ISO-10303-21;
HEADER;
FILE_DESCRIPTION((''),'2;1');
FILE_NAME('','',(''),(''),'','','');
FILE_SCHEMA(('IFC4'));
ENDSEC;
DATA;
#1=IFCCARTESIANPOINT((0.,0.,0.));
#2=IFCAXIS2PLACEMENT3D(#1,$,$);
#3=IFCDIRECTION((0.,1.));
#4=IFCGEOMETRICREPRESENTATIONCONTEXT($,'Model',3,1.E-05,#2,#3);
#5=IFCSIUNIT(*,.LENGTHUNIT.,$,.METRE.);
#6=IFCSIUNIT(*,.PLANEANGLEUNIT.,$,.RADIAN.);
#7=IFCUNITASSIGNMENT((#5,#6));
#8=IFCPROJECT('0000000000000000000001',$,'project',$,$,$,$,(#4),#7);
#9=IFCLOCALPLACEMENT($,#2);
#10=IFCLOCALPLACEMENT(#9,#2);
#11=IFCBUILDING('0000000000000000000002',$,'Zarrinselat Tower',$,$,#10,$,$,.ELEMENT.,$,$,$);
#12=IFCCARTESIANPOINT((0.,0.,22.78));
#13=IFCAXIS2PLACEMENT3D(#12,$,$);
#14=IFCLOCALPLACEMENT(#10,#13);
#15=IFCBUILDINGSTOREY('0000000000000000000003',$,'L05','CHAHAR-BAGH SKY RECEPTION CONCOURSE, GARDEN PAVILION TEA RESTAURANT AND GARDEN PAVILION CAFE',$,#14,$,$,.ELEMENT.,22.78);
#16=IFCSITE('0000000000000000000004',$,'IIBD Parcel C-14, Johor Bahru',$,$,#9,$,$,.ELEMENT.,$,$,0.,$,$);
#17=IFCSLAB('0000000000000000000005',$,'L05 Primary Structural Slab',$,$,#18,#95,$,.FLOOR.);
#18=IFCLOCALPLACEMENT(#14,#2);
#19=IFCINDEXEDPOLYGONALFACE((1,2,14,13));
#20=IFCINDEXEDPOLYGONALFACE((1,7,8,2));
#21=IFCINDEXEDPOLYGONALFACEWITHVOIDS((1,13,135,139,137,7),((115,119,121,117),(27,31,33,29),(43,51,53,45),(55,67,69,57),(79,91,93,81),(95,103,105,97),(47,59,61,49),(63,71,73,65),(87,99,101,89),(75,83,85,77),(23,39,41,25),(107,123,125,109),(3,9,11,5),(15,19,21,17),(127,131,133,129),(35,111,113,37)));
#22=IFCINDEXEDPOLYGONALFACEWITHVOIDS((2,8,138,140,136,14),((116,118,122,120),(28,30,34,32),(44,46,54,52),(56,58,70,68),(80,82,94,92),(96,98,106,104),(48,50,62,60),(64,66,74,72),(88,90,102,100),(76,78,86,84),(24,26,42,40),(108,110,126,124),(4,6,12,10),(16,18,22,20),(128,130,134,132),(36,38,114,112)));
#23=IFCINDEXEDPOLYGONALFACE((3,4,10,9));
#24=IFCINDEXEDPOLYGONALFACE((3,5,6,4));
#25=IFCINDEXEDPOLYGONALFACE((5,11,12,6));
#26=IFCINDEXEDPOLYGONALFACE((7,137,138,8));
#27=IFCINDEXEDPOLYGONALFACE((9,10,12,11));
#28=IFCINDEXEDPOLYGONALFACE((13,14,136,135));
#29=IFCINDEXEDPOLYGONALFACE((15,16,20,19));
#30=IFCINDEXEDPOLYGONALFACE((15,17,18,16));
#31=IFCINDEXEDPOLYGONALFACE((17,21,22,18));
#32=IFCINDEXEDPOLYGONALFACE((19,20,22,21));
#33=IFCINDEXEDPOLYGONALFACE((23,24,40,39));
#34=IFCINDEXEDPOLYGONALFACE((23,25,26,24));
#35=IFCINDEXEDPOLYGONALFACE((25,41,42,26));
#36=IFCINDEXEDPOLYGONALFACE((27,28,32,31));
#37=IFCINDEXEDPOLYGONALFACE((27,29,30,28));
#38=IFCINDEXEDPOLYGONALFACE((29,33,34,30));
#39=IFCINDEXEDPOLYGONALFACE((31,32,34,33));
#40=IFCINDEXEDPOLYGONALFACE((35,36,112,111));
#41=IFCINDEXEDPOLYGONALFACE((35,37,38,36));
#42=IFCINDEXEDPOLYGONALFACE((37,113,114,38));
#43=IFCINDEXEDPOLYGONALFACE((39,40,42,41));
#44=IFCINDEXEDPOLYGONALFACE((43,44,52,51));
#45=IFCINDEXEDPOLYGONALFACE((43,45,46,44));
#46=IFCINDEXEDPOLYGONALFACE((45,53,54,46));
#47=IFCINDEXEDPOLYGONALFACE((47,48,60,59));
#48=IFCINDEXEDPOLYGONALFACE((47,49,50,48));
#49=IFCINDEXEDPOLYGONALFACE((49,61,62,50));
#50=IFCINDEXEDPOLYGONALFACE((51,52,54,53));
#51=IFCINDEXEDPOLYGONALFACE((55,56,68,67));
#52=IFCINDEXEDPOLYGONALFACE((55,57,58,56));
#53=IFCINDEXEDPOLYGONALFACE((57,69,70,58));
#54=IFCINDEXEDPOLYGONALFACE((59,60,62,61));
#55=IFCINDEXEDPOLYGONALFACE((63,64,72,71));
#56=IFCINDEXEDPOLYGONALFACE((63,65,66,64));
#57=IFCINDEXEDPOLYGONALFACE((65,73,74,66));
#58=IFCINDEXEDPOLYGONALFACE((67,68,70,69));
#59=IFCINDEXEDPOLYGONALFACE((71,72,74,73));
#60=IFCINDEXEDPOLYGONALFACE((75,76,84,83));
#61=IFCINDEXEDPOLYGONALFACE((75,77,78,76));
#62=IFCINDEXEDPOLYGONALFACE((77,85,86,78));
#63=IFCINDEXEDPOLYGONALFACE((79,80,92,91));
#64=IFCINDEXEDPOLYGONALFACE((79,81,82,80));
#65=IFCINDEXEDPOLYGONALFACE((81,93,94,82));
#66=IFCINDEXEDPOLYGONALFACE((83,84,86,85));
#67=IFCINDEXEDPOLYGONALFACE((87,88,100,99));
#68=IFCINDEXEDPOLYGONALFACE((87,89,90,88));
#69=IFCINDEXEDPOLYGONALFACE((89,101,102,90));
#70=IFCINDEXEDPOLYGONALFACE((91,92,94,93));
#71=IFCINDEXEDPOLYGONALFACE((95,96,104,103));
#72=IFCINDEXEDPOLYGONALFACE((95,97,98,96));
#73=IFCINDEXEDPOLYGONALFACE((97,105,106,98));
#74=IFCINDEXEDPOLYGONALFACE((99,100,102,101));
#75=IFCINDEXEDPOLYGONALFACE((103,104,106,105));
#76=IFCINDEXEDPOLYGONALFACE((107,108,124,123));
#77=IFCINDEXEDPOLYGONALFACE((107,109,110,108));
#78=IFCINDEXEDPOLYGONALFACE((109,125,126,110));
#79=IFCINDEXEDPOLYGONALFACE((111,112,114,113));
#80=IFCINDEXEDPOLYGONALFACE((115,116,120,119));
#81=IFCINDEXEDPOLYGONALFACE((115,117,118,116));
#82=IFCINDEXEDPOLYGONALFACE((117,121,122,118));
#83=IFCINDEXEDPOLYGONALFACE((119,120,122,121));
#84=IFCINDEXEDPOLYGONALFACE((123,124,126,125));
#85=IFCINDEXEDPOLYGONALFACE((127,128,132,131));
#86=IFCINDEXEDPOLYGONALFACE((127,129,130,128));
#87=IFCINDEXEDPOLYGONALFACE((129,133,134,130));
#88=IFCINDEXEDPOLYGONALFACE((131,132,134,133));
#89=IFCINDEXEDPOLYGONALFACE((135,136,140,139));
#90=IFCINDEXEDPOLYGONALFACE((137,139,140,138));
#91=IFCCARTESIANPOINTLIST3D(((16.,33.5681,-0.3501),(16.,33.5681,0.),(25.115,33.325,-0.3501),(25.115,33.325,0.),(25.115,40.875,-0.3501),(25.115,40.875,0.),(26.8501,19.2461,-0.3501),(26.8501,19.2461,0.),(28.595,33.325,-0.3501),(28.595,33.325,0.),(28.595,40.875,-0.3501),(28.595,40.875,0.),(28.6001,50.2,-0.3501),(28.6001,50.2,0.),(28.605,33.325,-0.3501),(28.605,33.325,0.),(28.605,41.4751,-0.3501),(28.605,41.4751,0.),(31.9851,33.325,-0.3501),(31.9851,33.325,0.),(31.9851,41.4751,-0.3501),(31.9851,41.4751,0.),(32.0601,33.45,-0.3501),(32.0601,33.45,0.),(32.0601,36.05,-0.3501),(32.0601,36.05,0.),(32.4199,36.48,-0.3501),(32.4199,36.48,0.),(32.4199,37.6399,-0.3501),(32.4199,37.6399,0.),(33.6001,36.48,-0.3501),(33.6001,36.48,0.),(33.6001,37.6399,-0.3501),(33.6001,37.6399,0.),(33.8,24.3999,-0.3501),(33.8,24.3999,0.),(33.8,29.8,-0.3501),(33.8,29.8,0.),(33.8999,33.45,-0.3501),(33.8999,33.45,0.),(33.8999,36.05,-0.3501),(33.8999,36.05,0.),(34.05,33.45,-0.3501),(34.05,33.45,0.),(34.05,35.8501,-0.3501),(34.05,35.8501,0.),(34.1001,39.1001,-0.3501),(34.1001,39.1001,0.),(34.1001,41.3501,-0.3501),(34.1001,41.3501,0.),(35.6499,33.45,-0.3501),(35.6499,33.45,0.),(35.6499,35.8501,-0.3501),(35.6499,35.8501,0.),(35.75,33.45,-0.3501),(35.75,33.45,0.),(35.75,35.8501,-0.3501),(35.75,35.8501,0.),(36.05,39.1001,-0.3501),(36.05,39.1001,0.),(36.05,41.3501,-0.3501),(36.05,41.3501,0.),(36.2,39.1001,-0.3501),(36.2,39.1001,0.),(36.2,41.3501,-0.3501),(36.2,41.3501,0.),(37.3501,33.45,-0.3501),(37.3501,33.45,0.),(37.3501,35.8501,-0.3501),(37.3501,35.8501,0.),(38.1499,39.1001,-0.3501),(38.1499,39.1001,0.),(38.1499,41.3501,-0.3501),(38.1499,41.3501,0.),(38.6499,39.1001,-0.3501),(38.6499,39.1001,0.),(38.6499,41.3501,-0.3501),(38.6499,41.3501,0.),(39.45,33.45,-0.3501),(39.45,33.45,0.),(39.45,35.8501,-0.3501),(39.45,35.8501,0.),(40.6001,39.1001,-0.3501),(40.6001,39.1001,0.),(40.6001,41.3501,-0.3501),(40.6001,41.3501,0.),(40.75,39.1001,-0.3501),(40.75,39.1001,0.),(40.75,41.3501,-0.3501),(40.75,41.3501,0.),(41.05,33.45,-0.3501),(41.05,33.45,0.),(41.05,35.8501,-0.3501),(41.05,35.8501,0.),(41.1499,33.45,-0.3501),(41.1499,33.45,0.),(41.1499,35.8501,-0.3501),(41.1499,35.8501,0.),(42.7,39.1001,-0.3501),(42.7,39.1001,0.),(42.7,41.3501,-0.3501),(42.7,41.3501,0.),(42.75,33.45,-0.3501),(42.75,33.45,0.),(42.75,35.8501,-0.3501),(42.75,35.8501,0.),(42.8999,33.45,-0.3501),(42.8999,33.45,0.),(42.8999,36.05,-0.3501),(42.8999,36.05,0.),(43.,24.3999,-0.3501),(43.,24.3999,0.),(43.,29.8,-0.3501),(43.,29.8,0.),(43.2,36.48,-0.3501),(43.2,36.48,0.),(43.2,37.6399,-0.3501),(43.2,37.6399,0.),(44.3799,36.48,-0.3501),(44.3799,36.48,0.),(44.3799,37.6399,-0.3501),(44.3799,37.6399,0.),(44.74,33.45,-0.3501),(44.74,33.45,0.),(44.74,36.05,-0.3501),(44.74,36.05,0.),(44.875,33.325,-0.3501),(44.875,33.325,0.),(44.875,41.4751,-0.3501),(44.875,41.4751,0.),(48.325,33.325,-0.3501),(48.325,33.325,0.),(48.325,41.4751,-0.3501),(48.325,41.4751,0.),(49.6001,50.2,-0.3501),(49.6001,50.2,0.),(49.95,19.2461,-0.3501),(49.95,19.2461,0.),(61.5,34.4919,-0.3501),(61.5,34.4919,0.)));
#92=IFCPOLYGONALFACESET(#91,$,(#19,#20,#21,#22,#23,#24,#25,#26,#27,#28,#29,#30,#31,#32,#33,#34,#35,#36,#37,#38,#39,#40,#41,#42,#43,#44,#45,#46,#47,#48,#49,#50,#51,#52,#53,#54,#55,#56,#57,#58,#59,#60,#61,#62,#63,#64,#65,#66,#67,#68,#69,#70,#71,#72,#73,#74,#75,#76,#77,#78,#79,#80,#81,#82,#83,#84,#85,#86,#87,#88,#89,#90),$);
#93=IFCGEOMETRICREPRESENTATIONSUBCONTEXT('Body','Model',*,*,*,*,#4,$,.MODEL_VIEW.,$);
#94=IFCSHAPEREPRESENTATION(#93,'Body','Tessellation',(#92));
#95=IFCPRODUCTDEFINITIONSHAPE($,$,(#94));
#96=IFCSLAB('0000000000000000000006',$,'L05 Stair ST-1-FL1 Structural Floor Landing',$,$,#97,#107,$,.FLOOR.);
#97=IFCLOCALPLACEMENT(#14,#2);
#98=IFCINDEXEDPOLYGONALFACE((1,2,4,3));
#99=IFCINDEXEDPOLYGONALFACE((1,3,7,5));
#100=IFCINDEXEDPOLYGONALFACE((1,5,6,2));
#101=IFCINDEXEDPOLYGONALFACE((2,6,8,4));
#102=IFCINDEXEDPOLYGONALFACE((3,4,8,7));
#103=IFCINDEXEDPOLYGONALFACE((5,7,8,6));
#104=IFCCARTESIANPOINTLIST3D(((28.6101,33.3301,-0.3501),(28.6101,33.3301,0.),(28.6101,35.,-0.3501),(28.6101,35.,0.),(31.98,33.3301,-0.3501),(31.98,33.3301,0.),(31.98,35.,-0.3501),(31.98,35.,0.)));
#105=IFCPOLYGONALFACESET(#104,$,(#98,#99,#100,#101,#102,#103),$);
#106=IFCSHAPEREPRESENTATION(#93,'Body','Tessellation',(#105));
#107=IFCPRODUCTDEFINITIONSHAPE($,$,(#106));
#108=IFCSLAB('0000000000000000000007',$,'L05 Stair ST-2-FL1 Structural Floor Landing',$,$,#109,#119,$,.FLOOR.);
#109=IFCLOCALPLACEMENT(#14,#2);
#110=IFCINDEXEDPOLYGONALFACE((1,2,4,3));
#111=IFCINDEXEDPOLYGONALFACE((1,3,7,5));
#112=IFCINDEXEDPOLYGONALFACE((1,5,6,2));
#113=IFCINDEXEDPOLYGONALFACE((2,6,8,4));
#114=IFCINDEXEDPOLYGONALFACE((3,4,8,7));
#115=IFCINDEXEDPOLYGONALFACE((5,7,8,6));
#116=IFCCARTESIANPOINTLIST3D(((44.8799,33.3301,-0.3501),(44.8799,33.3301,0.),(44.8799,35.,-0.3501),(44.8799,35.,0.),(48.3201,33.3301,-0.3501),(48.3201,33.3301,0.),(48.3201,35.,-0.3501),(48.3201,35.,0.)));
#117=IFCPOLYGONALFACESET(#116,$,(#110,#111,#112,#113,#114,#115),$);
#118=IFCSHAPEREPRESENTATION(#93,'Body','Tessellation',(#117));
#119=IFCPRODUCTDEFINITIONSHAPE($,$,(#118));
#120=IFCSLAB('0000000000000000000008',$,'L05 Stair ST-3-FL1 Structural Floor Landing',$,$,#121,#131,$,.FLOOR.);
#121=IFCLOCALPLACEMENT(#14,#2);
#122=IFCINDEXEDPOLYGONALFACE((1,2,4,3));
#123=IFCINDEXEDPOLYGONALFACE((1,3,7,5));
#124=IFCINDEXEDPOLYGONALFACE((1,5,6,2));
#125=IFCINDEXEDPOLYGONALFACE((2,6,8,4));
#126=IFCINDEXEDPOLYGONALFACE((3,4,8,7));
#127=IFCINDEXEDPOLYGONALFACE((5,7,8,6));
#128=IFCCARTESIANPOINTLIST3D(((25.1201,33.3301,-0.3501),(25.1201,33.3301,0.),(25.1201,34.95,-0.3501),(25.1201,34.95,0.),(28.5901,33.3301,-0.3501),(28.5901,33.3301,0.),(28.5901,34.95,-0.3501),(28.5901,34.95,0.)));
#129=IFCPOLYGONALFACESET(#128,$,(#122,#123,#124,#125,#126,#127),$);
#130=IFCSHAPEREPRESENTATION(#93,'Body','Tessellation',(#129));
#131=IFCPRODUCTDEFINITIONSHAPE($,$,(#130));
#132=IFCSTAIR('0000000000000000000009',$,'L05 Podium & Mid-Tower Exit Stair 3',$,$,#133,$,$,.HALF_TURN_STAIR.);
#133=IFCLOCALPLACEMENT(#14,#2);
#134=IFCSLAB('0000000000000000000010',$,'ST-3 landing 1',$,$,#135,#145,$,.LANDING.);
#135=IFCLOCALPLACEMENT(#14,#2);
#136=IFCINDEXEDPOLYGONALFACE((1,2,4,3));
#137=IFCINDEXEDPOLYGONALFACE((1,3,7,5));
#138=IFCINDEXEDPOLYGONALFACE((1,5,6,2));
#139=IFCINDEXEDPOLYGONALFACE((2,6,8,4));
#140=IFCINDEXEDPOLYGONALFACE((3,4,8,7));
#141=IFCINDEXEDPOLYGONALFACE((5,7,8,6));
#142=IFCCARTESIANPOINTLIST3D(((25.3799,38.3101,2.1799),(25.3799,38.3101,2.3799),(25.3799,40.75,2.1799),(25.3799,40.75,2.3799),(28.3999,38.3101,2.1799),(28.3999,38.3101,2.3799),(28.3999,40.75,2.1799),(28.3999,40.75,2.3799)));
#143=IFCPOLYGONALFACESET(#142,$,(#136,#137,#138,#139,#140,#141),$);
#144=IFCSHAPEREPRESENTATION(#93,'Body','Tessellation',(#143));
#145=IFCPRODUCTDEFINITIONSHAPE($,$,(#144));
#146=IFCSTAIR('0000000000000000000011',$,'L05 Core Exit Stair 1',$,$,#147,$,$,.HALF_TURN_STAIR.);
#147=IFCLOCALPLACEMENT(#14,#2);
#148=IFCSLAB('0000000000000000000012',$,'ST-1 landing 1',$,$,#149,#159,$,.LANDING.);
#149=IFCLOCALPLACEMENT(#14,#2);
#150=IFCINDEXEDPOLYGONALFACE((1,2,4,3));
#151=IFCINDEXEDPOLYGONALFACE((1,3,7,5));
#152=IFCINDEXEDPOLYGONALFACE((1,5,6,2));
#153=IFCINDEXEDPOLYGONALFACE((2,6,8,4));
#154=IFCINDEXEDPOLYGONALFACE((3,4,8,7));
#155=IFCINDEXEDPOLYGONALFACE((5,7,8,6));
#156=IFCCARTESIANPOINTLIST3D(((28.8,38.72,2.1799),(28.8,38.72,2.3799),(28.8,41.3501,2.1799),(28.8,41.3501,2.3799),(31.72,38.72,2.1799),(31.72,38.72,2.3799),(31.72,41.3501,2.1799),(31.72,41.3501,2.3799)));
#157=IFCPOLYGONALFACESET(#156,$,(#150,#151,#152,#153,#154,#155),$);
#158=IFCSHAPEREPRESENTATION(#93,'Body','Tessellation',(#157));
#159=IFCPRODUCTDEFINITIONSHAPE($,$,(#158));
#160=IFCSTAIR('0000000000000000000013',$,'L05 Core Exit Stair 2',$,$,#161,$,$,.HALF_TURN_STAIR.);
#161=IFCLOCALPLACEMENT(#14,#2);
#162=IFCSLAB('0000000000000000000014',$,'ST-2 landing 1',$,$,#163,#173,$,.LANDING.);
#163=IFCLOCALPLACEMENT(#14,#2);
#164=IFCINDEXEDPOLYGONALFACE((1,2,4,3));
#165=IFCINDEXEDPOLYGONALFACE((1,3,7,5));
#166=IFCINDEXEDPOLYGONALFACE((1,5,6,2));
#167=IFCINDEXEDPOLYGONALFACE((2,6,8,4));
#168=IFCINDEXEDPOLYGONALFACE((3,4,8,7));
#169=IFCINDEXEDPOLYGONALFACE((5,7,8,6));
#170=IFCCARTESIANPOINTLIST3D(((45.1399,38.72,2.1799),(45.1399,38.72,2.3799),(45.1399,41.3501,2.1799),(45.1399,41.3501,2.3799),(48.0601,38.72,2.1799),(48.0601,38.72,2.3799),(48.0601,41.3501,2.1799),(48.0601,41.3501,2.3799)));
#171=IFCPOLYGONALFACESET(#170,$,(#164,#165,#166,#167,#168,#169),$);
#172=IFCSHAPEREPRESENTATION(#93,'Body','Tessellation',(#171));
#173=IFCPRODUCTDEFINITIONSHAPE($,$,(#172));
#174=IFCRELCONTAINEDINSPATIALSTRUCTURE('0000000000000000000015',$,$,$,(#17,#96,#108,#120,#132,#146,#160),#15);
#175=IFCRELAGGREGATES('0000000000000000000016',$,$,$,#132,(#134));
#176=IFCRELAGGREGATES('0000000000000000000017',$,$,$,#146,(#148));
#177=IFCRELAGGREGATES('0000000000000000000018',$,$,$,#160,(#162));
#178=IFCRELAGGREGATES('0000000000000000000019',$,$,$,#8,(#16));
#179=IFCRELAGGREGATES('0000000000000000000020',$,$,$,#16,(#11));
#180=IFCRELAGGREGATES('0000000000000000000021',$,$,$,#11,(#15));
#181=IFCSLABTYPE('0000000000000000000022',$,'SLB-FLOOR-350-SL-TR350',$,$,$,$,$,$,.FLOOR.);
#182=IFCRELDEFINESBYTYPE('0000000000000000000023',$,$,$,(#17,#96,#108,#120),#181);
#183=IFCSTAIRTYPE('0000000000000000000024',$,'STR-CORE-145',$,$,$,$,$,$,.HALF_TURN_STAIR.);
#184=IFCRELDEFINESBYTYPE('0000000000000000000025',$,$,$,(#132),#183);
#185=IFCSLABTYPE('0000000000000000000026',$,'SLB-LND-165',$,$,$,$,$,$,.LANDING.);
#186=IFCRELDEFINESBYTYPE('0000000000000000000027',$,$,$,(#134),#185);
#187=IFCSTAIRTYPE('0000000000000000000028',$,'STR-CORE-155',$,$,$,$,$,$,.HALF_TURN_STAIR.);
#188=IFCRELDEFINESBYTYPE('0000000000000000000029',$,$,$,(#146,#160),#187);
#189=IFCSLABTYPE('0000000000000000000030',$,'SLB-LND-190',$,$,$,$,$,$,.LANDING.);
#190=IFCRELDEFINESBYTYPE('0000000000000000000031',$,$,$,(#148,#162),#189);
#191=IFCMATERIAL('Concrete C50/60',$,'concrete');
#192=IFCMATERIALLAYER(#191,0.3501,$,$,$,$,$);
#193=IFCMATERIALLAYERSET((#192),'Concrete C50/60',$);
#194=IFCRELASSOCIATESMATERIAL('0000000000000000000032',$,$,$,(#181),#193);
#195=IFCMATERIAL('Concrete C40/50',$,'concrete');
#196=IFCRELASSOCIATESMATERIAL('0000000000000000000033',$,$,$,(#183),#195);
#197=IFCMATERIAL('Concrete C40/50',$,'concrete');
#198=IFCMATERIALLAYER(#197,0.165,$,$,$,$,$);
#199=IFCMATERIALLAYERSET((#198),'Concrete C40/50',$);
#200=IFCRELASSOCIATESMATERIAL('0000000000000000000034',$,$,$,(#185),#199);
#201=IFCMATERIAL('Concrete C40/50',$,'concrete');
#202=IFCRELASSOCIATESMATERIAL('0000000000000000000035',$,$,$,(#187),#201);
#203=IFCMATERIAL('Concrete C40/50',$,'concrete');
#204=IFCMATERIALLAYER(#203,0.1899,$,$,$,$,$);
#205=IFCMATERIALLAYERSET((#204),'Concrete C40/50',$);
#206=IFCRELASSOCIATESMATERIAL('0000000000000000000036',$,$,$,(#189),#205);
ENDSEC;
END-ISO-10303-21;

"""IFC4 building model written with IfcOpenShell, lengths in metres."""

from ifc_helpers import new_model, si_unit, direction, frame, origin, place, context, subcontext, project, spatial, polyline, outline, extrude, material, layer, layer_set, type_object, element, aggregate, save


model = new_model("IFC4")

# Units and contexts
model_context = context("Model", 3, precision=1e-05, world=origin(), true_north=direction((0.0, 1.0)))
body_context = subcontext(model_context, "Body", "Model", "MODEL_VIEW")
ifc_project = project(units=[si_unit("LENGTHUNIT", "METRE"), si_unit("PLANEANGLEUNIT", "RADIAN")], contexts=[model_context])

# Site, building, storey
site_placement = place(None, origin())
site = spatial("IfcSite", under=ifc_project, at=site_placement, Name="IIBD Parcel C-14, Johor Bahru", CompositionType="ELEMENT", RefElevation=0.0)
building_placement = place(site_placement, origin())
building = spatial("IfcBuilding", under=site, at=building_placement, Name="Zarrinselat Tower", CompositionType="ELEMENT")
storey_placement = place(building_placement, frame((0.0, 0.0, 22.78)))
storey = spatial("IfcBuildingStorey", under=building, at=storey_placement, Name="L05", Description="CHAHAR-BAGH SKY RECEPTION CONCOURSE, GARDEN PAVILION TEA RESTAURANT AND GARDEN PAVILION CAFE", CompositionType="ELEMENT", Elevation=22.78)

# Slabs
ifc_material_1 = material(Name="Concrete C50/60", Category="concrete")
ifc_layer_1 = layer(ifc_material_1, 0.3501)
ifc_layer_set_1 = layer_set([ifc_layer_1], Name="Concrete C50/60")
slab_type_1 = type_object("IfcSlabType", Name="SLB-FLOOR-350-SL-TR350", PredefinedType="FLOOR", material=ifc_layer_set_1)
slab_1_placement = place(storey_placement, frame((0.0, 0.0, -0.3501)))
element("IfcSlab", 1, at=slab_1_placement, inside=storey, type_object=slab_type_1, Name="L05 Primary Structural Slab", PredefinedType="FLOOR", context=body_context, shape_type="SweptSolid", body=[
    extrude(outline(polyline([(49.6001, 50.2), (28.6001, 50.2), (16.0, 33.5681), (26.8501, 19.2461), (49.95, 19.2461), (61.5, 34.4919), (49.6001, 50.2)]), holes=[polyline([(34.05, 33.45), (34.05, 35.8501), (35.6499, 35.8501), (35.6499, 33.45), (34.05, 33.45)]), polyline([(35.75, 33.45), (35.75, 35.8501), (37.3501, 35.8501), (37.3501, 33.45), (35.75, 33.45)]), polyline([(32.0601, 33.45), (32.0601, 36.05), (33.8999, 36.05), (33.8999, 33.45), (32.0601, 33.45)]), polyline([(32.4199, 36.48), (32.4199, 37.6399), (33.6001, 37.6399), (33.6001, 36.48), (32.4199, 36.48)]), polyline([(28.595, 33.325), (25.115, 33.325), (25.115, 40.875), (28.595, 40.875), (28.595, 33.325)]), polyline([(31.9851, 33.325), (28.605, 33.325), (28.605, 41.4751), (31.9851, 41.4751), (31.9851, 33.325)]), polyline([(34.1001, 39.1001), (34.1001, 41.3501), (36.05, 41.3501), (36.05, 39.1001), (34.1001, 39.1001)]), polyline([(36.2, 39.1001), (36.2, 41.3501), (38.1499, 41.3501), (38.1499, 39.1001), (36.2, 39.1001)]), polyline([(33.8, 24.3999), (33.8, 29.8), (43.0, 29.8), (43.0, 24.3999), (33.8, 24.3999)]), polyline([(39.45, 33.45), (39.45, 35.8501), (41.05, 35.8501), (41.05, 33.45), (39.45, 33.45)]), polyline([(41.1499, 33.45), (41.1499, 35.8501), (42.75, 35.8501), (42.75, 33.45), (41.1499, 33.45)]), polyline([(42.8999, 33.45), (42.8999, 36.05), (44.74, 36.05), (44.74, 33.45), (42.8999, 33.45)]), polyline([(43.2, 36.48), (43.2, 37.6399), (44.3799, 37.6399), (44.3799, 36.48), (43.2, 36.48)]), polyline([(48.325, 33.325), (44.875, 33.325), (44.875, 41.4751), (48.325, 41.4751), (48.325, 33.325)]), polyline([(38.6499, 39.1001), (38.6499, 41.3501), (40.6001, 41.3501), (40.6001, 39.1001), (38.6499, 39.1001)]), polyline([(40.75, 39.1001), (40.75, 41.3501), (42.7, 41.3501), (42.7, 39.1001), (40.75, 39.1001)])]), origin(), (0.0, 0.0, 1.0), 0.3501),
])
slab_2_placement = place(storey_placement, frame((0.0, 0.0, -0.3501)))
element("IfcSlab", 2, at=slab_2_placement, inside=storey, type_object=slab_type_1, Name="L05 Stair ST-1-FL1 Structural Floor Landing", PredefinedType="FLOOR", context=body_context, shape_type="SweptSolid", body=[
    extrude(outline(polyline([(31.98, 33.3301), (31.98, 35.0), (28.6101, 35.0), (28.6101, 33.3301), (31.98, 33.3301)])), origin(), (0.0, 0.0, 1.0), 0.3501),
])
slab_3_placement = place(storey_placement, frame((0.0, 0.0, -0.3501)))
element("IfcSlab", 3, at=slab_3_placement, inside=storey, type_object=slab_type_1, Name="L05 Stair ST-2-FL1 Structural Floor Landing", PredefinedType="FLOOR", context=body_context, shape_type="SweptSolid", body=[
    extrude(outline(polyline([(48.3201, 33.3301), (48.3201, 35.0), (44.8799, 35.0), (44.8799, 33.3301), (48.3201, 33.3301)])), origin(), (0.0, 0.0, 1.0), 0.3501),
])
slab_4_placement = place(storey_placement, frame((0.0, 0.0, -0.3501)))
element("IfcSlab", 4, at=slab_4_placement, inside=storey, type_object=slab_type_1, Name="L05 Stair ST-3-FL1 Structural Floor Landing", PredefinedType="FLOOR", context=body_context, shape_type="SweptSolid", body=[
    extrude(outline(polyline([(28.5901, 33.3301), (28.5901, 34.95), (25.1201, 34.95), (25.1201, 33.3301), (28.5901, 33.3301)])), origin(), (0.0, 0.0, 1.0), 0.3501),
])

# Stairs, slabs
ifc_material_2 = material(Name="Concrete C40/50", Category="concrete")
stair_type_1 = type_object("IfcStairType", Name="STR-CORE-145", PredefinedType="HALF_TURN_STAIR", material=ifc_material_2)
stair_1_placement = place(storey_placement, origin())
stair_1 = element("IfcStair", 5, at=stair_1_placement, inside=storey, type_object=stair_type_1, Name="L05 Podium & Mid-Tower Exit Stair 3", PredefinedType="HALF_TURN_STAIR")
ifc_material_3 = material(Name="Concrete C40/50", Category="concrete")
ifc_layer_2 = layer(ifc_material_3, 0.165)
ifc_layer_set_2 = layer_set([ifc_layer_2], Name="Concrete C40/50")
slab_type_2 = type_object("IfcSlabType", Name="SLB-LND-165", PredefinedType="LANDING", material=ifc_layer_set_2)
slab_5_placement = place(storey_placement, frame((0.0, 0.0, 2.1799)))
slab_5 = element("IfcSlab", 6, at=slab_5_placement, type_object=slab_type_2, Name="ST-3 landing 1", PredefinedType="LANDING", context=body_context, shape_type="SweptSolid", body=[
    extrude(outline(polyline([(28.3999, 38.3101), (28.3999, 40.75), (25.3799, 40.75), (25.3799, 38.3101), (28.3999, 38.3101)])), origin(), (0.0, 0.0, 1.0), 0.2),
])
aggregate(stair_1, [slab_5])
ifc_material_4 = material(Name="Concrete C40/50", Category="concrete")
stair_type_2 = type_object("IfcStairType", Name="STR-CORE-155", PredefinedType="HALF_TURN_STAIR", material=ifc_material_4)
stair_2_placement = place(storey_placement, origin())
stair_2 = element("IfcStair", 7, at=stair_2_placement, inside=storey, type_object=stair_type_2, Name="L05 Core Exit Stair 1", PredefinedType="HALF_TURN_STAIR")
ifc_material_5 = material(Name="Concrete C40/50", Category="concrete")
ifc_layer_3 = layer(ifc_material_5, 0.1899)
ifc_layer_set_3 = layer_set([ifc_layer_3], Name="Concrete C40/50")
slab_type_3 = type_object("IfcSlabType", Name="SLB-LND-190", PredefinedType="LANDING", material=ifc_layer_set_3)
slab_6_placement = place(storey_placement, frame((0.0, 0.0, 2.1799)))
slab_6 = element("IfcSlab", 8, at=slab_6_placement, type_object=slab_type_3, Name="ST-1 landing 1", PredefinedType="LANDING", context=body_context, shape_type="SweptSolid", body=[
    extrude(outline(polyline([(31.72, 38.72), (31.72, 41.3501), (28.8, 41.3501), (28.8, 38.72), (31.72, 38.72)])), origin(), (0.0, 0.0, 1.0), 0.2),
])
aggregate(stair_2, [slab_6])
stair_3_placement = place(storey_placement, origin())
stair_3 = element("IfcStair", 9, at=stair_3_placement, inside=storey, type_object=stair_type_2, Name="L05 Core Exit Stair 2", PredefinedType="HALF_TURN_STAIR")
slab_7_placement = place(storey_placement, frame((0.0, 0.0, 2.1799)))
slab_7 = element("IfcSlab", 10, at=slab_7_placement, type_object=slab_type_3, Name="ST-2 landing 1", PredefinedType="LANDING", context=body_context, shape_type="SweptSolid", body=[
    extrude(outline(polyline([(48.0601, 38.72), (48.0601, 41.3501), (45.1399, 41.3501), (45.1399, 38.72), (48.0601, 38.72)])), origin(), (0.0, 0.0, 1.0), 0.2),
])
aggregate(stair_3, [slab_7])

save(model, "model.ifc")
